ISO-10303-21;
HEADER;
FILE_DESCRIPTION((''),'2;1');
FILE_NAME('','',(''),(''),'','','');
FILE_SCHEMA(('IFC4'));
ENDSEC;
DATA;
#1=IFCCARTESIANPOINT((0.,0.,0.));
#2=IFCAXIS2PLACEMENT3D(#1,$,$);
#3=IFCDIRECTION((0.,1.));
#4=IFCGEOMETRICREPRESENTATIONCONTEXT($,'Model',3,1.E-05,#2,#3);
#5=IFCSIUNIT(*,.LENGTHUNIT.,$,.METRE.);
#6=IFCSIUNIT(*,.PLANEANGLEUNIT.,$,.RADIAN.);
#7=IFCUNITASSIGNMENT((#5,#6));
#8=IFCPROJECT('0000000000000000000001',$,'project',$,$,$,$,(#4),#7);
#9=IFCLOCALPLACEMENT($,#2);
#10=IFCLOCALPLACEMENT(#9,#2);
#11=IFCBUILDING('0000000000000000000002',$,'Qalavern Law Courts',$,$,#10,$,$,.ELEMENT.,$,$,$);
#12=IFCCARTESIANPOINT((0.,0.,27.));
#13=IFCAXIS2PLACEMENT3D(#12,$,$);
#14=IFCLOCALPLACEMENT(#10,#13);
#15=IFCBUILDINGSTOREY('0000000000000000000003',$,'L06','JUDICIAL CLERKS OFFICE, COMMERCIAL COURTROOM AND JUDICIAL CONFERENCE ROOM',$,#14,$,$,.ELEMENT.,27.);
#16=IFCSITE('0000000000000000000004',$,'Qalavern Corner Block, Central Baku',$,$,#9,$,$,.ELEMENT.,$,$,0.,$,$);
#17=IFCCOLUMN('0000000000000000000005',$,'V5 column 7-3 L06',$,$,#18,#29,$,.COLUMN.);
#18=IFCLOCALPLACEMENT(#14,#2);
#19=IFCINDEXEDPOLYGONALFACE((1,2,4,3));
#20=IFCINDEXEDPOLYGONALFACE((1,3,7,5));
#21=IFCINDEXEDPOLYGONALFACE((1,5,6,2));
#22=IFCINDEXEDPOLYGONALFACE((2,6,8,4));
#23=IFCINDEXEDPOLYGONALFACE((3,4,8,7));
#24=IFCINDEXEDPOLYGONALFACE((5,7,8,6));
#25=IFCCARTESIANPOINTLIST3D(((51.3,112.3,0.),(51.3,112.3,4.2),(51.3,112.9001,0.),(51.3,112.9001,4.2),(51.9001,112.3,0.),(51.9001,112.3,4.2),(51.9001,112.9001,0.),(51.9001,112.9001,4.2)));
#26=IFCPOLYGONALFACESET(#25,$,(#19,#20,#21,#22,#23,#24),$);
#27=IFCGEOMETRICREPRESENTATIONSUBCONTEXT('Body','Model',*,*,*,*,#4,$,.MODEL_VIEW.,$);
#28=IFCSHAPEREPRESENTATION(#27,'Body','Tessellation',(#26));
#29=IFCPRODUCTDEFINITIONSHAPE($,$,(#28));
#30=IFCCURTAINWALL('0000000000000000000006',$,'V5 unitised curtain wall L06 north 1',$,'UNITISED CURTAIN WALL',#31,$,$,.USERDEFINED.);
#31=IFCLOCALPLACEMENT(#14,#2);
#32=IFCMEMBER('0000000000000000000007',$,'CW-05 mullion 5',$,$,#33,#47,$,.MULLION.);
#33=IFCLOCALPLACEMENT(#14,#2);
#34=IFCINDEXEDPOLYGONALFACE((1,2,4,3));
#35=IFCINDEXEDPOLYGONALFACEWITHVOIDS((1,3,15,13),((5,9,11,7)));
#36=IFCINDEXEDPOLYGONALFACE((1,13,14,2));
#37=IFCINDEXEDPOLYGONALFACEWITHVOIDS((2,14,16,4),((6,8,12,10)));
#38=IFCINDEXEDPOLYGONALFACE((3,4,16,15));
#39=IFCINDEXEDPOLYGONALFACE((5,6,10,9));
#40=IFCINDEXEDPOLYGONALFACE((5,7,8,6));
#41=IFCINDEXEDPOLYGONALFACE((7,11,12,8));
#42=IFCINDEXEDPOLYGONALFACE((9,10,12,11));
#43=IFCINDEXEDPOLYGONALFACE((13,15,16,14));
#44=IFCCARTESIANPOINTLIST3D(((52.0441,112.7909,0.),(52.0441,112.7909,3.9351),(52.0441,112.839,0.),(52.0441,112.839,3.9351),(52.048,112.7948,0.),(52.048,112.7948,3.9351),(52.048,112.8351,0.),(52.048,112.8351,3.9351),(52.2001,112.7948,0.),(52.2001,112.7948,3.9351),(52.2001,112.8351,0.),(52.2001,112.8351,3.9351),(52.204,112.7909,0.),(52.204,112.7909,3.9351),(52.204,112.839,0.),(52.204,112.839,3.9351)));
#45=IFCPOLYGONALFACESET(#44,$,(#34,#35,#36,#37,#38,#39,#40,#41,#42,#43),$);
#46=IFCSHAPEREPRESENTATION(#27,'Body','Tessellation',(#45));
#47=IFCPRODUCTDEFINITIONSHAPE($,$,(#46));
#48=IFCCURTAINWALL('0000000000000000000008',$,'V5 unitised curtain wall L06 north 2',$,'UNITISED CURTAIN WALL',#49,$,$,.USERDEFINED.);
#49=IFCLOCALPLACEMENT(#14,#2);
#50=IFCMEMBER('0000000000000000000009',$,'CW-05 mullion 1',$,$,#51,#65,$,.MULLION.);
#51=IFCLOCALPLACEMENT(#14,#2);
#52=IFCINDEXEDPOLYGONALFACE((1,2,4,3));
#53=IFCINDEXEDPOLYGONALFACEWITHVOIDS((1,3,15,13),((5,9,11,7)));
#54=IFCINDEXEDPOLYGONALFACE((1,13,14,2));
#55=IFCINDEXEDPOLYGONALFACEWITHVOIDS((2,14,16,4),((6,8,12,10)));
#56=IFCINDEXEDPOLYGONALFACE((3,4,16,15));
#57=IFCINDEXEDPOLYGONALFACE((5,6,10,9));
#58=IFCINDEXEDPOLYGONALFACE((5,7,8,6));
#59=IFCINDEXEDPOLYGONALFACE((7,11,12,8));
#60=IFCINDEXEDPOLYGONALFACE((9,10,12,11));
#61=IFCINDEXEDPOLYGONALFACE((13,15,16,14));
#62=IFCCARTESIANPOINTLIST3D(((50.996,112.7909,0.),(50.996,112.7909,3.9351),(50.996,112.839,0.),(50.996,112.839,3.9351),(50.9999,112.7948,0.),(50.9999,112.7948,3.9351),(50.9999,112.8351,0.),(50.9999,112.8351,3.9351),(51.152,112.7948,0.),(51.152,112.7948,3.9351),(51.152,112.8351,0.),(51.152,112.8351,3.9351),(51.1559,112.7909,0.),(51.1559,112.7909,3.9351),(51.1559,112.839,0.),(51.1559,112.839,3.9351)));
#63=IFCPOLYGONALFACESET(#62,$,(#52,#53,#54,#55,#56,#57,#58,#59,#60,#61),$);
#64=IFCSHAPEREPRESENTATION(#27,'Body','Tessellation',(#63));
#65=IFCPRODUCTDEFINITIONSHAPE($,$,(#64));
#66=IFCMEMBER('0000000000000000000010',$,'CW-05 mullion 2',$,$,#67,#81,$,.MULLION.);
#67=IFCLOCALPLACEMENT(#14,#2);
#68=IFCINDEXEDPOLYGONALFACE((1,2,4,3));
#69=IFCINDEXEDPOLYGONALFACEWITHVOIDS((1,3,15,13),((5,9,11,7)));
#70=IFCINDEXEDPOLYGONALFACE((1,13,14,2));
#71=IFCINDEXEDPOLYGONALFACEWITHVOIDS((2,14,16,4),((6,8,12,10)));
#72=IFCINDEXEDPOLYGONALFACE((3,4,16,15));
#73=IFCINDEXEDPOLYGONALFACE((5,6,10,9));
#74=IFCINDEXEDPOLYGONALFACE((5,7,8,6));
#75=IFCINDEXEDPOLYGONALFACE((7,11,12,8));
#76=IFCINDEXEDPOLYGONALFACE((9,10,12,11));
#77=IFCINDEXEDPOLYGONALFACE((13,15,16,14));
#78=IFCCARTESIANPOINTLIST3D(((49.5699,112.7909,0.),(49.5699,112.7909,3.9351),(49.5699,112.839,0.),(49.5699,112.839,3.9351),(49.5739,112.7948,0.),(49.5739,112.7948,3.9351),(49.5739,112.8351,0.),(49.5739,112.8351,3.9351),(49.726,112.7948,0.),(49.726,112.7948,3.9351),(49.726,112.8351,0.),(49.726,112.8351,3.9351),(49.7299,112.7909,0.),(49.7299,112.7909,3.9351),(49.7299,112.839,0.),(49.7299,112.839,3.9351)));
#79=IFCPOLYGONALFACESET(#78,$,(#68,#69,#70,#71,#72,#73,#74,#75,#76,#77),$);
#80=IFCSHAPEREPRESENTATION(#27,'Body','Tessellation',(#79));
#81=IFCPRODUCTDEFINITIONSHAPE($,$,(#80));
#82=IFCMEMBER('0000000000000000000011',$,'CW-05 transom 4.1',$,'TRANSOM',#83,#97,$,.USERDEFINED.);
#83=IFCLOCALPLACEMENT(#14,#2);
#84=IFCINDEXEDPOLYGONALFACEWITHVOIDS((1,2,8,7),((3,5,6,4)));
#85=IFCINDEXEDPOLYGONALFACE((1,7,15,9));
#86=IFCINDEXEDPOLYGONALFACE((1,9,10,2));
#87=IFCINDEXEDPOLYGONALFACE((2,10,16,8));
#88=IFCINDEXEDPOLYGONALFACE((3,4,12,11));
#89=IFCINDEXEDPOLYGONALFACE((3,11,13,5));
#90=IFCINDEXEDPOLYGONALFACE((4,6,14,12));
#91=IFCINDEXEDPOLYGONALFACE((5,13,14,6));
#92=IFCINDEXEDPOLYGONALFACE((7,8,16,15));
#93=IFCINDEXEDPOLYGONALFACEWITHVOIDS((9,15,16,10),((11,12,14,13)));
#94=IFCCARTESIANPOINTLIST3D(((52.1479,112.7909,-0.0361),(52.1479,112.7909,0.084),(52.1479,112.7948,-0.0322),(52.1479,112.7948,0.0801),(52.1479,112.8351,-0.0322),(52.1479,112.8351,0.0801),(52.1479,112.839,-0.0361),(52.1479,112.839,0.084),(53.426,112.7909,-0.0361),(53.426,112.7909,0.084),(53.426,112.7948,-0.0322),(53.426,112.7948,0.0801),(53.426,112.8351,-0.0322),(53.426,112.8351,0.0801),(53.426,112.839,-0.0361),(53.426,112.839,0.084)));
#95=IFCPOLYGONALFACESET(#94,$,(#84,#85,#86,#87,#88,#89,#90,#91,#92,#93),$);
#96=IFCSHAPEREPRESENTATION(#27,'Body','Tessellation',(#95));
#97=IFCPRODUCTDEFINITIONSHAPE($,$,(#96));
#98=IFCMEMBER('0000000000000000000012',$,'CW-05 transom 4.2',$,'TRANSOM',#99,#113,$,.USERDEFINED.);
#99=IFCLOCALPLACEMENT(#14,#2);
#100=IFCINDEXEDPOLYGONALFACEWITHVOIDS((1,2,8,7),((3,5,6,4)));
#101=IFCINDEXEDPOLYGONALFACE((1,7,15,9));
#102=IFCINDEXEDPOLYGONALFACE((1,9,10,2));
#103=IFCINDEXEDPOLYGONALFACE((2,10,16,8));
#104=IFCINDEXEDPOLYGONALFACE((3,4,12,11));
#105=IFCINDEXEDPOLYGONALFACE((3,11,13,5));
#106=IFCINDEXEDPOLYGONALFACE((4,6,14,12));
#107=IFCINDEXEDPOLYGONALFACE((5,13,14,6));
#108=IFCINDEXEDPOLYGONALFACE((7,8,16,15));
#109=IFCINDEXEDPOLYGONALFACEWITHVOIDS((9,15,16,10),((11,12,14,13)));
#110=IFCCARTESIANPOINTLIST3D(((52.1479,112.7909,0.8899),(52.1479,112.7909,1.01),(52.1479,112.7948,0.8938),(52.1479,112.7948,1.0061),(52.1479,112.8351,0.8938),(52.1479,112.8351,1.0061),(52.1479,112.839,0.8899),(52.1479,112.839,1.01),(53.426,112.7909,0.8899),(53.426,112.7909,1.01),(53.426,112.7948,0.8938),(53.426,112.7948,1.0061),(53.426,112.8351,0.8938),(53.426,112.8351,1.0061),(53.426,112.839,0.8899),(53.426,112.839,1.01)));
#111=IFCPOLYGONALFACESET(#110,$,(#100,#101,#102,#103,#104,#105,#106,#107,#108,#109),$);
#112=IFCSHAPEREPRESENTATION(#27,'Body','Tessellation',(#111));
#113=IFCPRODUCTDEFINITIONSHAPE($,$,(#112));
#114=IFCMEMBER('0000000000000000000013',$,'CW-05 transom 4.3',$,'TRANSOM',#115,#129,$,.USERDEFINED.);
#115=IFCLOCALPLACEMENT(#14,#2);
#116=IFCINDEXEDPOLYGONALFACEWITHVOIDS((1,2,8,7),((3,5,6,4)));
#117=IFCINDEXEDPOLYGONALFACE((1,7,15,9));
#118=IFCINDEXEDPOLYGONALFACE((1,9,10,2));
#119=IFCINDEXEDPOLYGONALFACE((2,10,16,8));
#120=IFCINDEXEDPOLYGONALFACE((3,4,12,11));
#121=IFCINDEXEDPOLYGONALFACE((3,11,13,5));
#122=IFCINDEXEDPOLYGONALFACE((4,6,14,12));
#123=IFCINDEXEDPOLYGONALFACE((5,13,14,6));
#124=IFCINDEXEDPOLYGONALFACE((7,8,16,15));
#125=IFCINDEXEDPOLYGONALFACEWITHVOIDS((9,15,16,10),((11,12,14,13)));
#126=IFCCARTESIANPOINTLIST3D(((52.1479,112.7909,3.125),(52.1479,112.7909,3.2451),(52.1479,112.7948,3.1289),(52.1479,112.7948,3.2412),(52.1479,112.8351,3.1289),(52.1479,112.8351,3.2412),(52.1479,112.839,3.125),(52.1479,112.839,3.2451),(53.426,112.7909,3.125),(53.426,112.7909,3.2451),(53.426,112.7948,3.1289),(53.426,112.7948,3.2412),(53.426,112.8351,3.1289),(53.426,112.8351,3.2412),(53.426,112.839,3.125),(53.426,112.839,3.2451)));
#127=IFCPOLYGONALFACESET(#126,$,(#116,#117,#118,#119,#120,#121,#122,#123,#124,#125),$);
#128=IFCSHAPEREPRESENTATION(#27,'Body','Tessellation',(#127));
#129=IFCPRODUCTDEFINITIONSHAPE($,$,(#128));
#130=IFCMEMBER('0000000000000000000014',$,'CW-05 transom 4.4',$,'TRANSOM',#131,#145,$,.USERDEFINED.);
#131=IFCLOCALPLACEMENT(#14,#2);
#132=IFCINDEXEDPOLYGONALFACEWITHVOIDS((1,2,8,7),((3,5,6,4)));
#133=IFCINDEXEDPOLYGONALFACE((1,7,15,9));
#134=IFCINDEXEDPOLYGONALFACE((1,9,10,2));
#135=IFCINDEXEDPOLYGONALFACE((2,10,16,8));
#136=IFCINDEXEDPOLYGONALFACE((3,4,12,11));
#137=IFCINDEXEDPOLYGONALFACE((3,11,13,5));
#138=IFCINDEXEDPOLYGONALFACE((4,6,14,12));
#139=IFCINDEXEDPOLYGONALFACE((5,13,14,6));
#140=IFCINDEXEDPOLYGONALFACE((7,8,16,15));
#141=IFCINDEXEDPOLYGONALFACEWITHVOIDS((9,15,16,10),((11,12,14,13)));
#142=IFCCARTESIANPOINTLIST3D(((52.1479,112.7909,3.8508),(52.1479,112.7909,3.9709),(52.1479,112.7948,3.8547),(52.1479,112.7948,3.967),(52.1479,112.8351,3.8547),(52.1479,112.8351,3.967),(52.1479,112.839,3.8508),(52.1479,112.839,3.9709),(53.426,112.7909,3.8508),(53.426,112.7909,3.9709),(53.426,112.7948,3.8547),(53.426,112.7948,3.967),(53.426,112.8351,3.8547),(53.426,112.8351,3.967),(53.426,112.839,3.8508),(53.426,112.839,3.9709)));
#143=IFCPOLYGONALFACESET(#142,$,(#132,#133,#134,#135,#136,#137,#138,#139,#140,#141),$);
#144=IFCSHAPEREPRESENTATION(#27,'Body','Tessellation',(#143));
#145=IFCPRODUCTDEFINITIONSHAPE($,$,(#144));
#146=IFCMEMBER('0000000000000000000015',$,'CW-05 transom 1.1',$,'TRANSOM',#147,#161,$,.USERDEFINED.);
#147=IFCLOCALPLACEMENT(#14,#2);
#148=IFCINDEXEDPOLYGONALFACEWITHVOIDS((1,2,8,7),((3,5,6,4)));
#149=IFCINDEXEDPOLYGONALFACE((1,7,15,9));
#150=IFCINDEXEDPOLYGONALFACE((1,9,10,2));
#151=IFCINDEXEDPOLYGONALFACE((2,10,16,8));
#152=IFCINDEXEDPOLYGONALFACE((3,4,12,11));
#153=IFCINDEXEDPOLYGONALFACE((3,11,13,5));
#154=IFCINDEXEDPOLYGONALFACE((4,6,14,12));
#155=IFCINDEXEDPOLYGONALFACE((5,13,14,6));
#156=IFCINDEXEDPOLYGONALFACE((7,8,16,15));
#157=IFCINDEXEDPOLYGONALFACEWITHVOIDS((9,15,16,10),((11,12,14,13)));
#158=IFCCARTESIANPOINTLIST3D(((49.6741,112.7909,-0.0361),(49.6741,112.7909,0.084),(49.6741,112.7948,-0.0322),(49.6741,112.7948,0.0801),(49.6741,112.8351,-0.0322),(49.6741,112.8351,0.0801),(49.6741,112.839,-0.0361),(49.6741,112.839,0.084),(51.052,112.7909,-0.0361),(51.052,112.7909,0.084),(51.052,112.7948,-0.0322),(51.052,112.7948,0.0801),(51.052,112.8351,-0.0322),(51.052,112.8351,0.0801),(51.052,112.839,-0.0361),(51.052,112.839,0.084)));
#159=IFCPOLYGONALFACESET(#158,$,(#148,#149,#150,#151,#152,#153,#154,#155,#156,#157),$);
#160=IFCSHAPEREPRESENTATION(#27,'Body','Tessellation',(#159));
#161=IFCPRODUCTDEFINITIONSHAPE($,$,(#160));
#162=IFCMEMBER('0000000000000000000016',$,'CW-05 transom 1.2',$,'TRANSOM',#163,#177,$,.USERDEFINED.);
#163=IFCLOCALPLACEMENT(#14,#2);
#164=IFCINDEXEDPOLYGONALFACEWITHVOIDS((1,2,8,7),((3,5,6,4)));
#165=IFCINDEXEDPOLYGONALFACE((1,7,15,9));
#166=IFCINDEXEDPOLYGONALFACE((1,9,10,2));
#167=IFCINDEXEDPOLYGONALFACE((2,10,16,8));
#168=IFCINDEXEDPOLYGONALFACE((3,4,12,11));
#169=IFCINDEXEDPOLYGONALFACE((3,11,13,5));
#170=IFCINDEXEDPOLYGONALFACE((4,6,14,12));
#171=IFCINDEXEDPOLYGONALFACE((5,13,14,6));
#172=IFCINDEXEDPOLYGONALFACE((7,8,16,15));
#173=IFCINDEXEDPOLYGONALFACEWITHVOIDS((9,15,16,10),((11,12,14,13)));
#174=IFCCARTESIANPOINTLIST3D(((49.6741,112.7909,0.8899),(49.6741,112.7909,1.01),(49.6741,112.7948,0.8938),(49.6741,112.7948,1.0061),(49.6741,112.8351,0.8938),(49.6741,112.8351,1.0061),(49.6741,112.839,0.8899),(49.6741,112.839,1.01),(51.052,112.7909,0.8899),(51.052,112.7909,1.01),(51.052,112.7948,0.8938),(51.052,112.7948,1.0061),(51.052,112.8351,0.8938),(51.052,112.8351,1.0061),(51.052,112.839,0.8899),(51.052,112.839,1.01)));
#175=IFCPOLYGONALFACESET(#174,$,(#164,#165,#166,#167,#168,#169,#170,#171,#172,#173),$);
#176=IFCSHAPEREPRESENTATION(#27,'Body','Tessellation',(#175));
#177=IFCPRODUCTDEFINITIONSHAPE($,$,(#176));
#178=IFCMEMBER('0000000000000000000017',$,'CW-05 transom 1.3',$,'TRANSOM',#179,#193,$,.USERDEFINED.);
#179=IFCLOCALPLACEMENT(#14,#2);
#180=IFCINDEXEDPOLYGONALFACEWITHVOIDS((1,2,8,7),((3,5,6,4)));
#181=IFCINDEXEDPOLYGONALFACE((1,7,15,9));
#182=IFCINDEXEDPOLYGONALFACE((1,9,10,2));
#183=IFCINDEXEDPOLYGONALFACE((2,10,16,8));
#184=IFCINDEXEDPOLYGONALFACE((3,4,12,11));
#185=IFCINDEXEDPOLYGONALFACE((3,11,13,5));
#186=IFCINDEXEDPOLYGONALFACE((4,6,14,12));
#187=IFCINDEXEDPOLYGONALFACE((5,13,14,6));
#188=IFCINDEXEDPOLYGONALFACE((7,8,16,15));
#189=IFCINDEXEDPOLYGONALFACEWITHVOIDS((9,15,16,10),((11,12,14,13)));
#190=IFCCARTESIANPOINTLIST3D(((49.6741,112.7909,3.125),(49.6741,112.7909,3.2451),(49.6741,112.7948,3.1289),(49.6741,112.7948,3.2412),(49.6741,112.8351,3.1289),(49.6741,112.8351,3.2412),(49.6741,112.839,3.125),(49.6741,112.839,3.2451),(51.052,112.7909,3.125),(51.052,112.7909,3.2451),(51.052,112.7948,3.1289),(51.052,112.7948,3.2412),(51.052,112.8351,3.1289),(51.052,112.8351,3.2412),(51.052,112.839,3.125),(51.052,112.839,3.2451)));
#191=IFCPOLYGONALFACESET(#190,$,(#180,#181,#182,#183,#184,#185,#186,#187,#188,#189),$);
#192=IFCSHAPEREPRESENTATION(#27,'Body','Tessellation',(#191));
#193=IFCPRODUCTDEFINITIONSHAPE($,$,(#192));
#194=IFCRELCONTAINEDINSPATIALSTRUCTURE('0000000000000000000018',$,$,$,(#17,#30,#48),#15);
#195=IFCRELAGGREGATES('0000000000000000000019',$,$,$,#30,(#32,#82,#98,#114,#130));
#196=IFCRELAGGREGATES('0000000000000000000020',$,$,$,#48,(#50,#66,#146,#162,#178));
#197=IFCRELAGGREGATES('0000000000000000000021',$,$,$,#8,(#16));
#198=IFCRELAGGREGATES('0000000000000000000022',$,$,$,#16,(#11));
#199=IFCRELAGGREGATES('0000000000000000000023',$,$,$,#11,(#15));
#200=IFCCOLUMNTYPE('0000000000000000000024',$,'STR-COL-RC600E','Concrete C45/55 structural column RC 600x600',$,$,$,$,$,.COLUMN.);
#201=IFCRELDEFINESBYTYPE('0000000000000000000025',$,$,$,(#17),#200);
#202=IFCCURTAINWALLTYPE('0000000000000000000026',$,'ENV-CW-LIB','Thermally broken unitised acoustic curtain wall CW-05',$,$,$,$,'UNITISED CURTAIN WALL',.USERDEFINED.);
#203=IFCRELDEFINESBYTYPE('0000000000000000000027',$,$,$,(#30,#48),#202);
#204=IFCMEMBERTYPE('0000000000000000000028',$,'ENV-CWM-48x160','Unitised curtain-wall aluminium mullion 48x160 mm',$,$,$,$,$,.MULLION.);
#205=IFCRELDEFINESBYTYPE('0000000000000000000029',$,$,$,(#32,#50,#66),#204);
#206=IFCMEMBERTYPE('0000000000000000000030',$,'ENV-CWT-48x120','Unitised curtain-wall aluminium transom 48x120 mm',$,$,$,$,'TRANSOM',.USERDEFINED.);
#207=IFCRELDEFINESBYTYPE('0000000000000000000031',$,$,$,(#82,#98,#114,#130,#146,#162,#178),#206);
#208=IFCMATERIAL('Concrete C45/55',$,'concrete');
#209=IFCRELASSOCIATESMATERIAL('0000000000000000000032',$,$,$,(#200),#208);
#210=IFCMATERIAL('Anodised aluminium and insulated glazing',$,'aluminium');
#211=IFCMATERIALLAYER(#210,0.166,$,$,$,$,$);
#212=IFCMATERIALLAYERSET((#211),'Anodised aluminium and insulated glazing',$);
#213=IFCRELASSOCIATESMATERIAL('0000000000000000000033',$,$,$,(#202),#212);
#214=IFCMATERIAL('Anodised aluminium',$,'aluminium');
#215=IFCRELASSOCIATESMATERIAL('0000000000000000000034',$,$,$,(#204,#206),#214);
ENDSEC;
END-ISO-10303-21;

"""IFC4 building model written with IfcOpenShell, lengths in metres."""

from ifc_helpers import new_model, si_unit, direction, frame, origin, origin_2d, place, context, subcontext, project, spatial, rectangle, hollow_rectangle, extrude, material, layer, layer_set, material_profile, profile_set, type_object, element, aggregate, save


model = new_model("IFC4")

# Units and contexts
model_context = context("Model", 3, precision=1e-05, world=origin(), true_north=direction((0.0, 1.0)))
body_context = subcontext(model_context, "Body", "Model", "MODEL_VIEW")
ifc_project = project(units=[si_unit("LENGTHUNIT", "METRE"), si_unit("PLANEANGLEUNIT", "RADIAN")], contexts=[model_context])

# Site, building, storey
site_placement = place(None, origin())
site = spatial("IfcSite", under=ifc_project, at=site_placement, Name="Qalavern Corner Block, Central Baku", CompositionType="ELEMENT", RefElevation=0.0)
building_placement = place(site_placement, origin())
building = spatial("IfcBuilding", under=site, at=building_placement, Name="Qalavern Law Courts", CompositionType="ELEMENT")
storey_placement = place(building_placement, frame((0.0, 0.0, 27.0)))
storey = spatial("IfcBuildingStorey", under=building, at=storey_placement, Name="L06", Description="JUDICIAL CLERKS OFFICE, COMMERCIAL COURTROOM AND JUDICIAL CONFERENCE ROOM", CompositionType="ELEMENT", Elevation=27.0)

# Column
ifc_material_1 = material(Name="Concrete C45/55", Category="concrete")
ifc_material_profile_1 = material_profile(ifc_material_1, rectangle(XDim=0.6001, YDim=0.6001, at=origin_2d()), Name="RC 600x600")
ifc_profile_set_1 = profile_set([ifc_material_profile_1], Name="Concrete C45/55")
column_type = type_object("IfcColumnType", Name="STR-COL-RC600E", Description="Concrete C45/55 structural column RC 600x600", PredefinedType="COLUMN", material=ifc_profile_set_1)
column_placement = place(storey_placement, frame((51.6001, 112.6001, 0.0), z_axis=(0.0, 0.0, 1.0), x_axis=(1.0, 0.0, 0.0)))
element("IfcColumn", 1, at=column_placement, inside=storey, type_object=column_type, Name="V5 column 7-3 L06", PredefinedType="COLUMN", context=body_context, shape_type="SweptSolid", body=[
    extrude(rectangle(XDim=0.6001, YDim=0.6001, at=origin_2d()), origin(), (0.0, 0.0, 1.0), 4.2),
])

# Curtain wall, member
ifc_material_2 = material(Name="Anodised aluminium and insulated glazing", Category="aluminium")
ifc_layer_1 = layer(ifc_material_2, 0.166)
ifc_layer_set_1 = layer_set([ifc_layer_1], Name="Anodised aluminium and insulated glazing")
curtain_wall_type = type_object("IfcCurtainWallType", Name="ENV-CW-LIB", Description="Thermally broken unitised acoustic curtain wall CW-05", ElementType="UNITISED CURTAIN WALL", PredefinedType="USERDEFINED", material=ifc_layer_set_1)
curtain_wall_1_placement = place(storey_placement, origin())
curtain_wall_1 = element("IfcCurtainWall", 2, at=curtain_wall_1_placement, inside=storey, type_object=curtain_wall_type, Name="V5 unitised curtain wall L06 north 1", ObjectType="UNITISED CURTAIN WALL", PredefinedType="USERDEFINED")
ifc_material_3 = material(Name="Anodised aluminium", Category="aluminium")
ifc_material_profile_2 = material_profile(ifc_material_3, hollow_rectangle(XDim=0.0481, YDim=0.1599, WallThickness=0.0039, at=origin_2d()), Name="ALU MULLION 48x160")
ifc_profile_set_2 = profile_set([ifc_material_profile_2], Name="Anodised aluminium")
member_type_1 = type_object("IfcMemberType", Name="ENV-CWM-48x160", Description="Unitised curtain-wall aluminium mullion 48x160 mm", PredefinedType="MULLION", material=ifc_profile_set_2)
member_1_placement = place(storey_placement, frame((52.124, 112.8149, 0.0), z_axis=(0.0, 0.0, 1.0), x_axis=(0.0, -1.0, 0.0)))
member_1 = element("IfcMember", 3, at=member_1_placement, type_object=member_type_1, Name="CW-05 mullion 5", PredefinedType="MULLION", context=body_context, shape_type="SweptSolid", body=[
    extrude(hollow_rectangle(XDim=0.0481, YDim=0.1599, WallThickness=0.0039, at=origin_2d()), origin(), (0.0, 0.0, 1.0), 3.9351),
])

# Curtain wall, members
curtain_wall_2_placement = place(storey_placement, origin())
curtain_wall_2 = element("IfcCurtainWall", 4, at=curtain_wall_2_placement, inside=storey, type_object=curtain_wall_type, Name="V5 unitised curtain wall L06 north 2", ObjectType="UNITISED CURTAIN WALL", PredefinedType="USERDEFINED")
member_2_placement = place(storey_placement, frame((51.0759, 112.8149, 0.0), z_axis=(0.0, 0.0, 1.0), x_axis=(0.0, -1.0, 0.0)))
member_2 = element("IfcMember", 5, at=member_2_placement, type_object=member_type_1, Name="CW-05 mullion 1", PredefinedType="MULLION", context=body_context, shape_type="SweptSolid", body=[
    extrude(hollow_rectangle(XDim=0.0481, YDim=0.1599, WallThickness=0.0039, at=origin_2d()), origin(), (0.0, 0.0, 1.0), 3.9351),
])
member_3_placement = place(storey_placement, frame((49.6499, 112.8149, 0.0), z_axis=(0.0, 0.0, 1.0), x_axis=(0.0, -1.0, 0.0)))
member_3 = element("IfcMember", 6, at=member_3_placement, type_object=member_type_1, Name="CW-05 mullion 2", PredefinedType="MULLION", context=body_context, shape_type="SweptSolid", body=[
    extrude(hollow_rectangle(XDim=0.0481, YDim=0.1599, WallThickness=0.0039, at=origin_2d()), origin(), (0.0, 0.0, 1.0), 3.9351),
])

# Members
ifc_material_profile_3 = material_profile(ifc_material_3, hollow_rectangle(XDim=0.0481, YDim=0.1201, WallThickness=0.0039, at=origin_2d()), Name="ALU TRANSOM 48x120")
ifc_profile_set_3 = profile_set([ifc_material_profile_3], Name="Anodised aluminium")
member_type_2 = type_object("IfcMemberType", Name="ENV-CWT-48x120", Description="Unitised curtain-wall aluminium transom 48x120 mm", ElementType="TRANSOM", PredefinedType="USERDEFINED", material=ifc_profile_set_3)
member_4_placement = place(storey_placement, frame((53.426, 112.8149, 0.0239), z_axis=(-1.0, 0.0, 0.0), x_axis=(0.0, -1.0, 0.0)))
member_4 = element("IfcMember", 7, at=member_4_placement, type_object=member_type_2, Name="CW-05 transom 4.1", ObjectType="TRANSOM", PredefinedType="USERDEFINED", context=body_context, shape_type="SweptSolid", body=[
    extrude(hollow_rectangle(XDim=0.0481, YDim=0.1201, WallThickness=0.0039, at=origin_2d()), origin(), (0.0, 0.0, 1.0), 1.2781),
])
member_5_placement = place(storey_placement, frame((53.426, 112.8149, 0.95), z_axis=(-1.0, 0.0, 0.0), x_axis=(0.0, -1.0, 0.0)))
member_5 = element("IfcMember", 8, at=member_5_placement, type_object=member_type_2, Name="CW-05 transom 4.2", ObjectType="TRANSOM", PredefinedType="USERDEFINED", context=body_context, shape_type="SweptSolid", body=[
    extrude(hollow_rectangle(XDim=0.0481, YDim=0.1201, WallThickness=0.0039, at=origin_2d()), origin(), (0.0, 0.0, 1.0), 1.2781),
])
member_6_placement = place(storey_placement, frame((53.426, 112.8149, 3.1851), z_axis=(-1.0, 0.0, 0.0), x_axis=(0.0, -1.0, 0.0)))
member_6 = element("IfcMember", 9, at=member_6_placement, type_object=member_type_2, Name="CW-05 transom 4.3", ObjectType="TRANSOM", PredefinedType="USERDEFINED", context=body_context, shape_type="SweptSolid", body=[
    extrude(hollow_rectangle(XDim=0.0481, YDim=0.1201, WallThickness=0.0039, at=origin_2d()), origin(), (0.0, 0.0, 1.0), 1.2781),
])
member_7_placement = place(storey_placement, frame((53.426, 112.8149, 3.9109), z_axis=(-1.0, 0.0, 0.0), x_axis=(0.0, -1.0, 0.0)))
member_7 = element("IfcMember", 10, at=member_7_placement, type_object=member_type_2, Name="CW-05 transom 4.4", ObjectType="TRANSOM", PredefinedType="USERDEFINED", context=body_context, shape_type="SweptSolid", body=[
    extrude(hollow_rectangle(XDim=0.0481, YDim=0.1201, WallThickness=0.0039, at=origin_2d()), origin(), (0.0, 0.0, 1.0), 1.2781),
])
member_8_placement = place(storey_placement, frame((51.052, 112.8149, 0.0239), z_axis=(-1.0, 0.0, 0.0), x_axis=(0.0, -1.0, 0.0)))
member_8 = element("IfcMember", 11, at=member_8_placement, type_object=member_type_2, Name="CW-05 transom 1.1", ObjectType="TRANSOM", PredefinedType="USERDEFINED", context=body_context, shape_type="SweptSolid", body=[
    extrude(hollow_rectangle(XDim=0.0481, YDim=0.1201, WallThickness=0.0039, at=origin_2d()), origin(), (0.0, 0.0, 1.0), 1.3779),
])
member_9_placement = place(storey_placement, frame((51.052, 112.8149, 0.95), z_axis=(-1.0, 0.0, 0.0), x_axis=(0.0, -1.0, 0.0)))
member_9 = element("IfcMember", 12, at=member_9_placement, type_object=member_type_2, Name="CW-05 transom 1.2", ObjectType="TRANSOM", PredefinedType="USERDEFINED", context=body_context, shape_type="SweptSolid", body=[
    extrude(hollow_rectangle(XDim=0.0481, YDim=0.1201, WallThickness=0.0039, at=origin_2d()), origin(), (0.0, 0.0, 1.0), 1.3779),
])
member_10_placement = place(storey_placement, frame((51.052, 112.8149, 3.1851), z_axis=(-1.0, 0.0, 0.0), x_axis=(0.0, -1.0, 0.0)))
member_10 = element("IfcMember", 13, at=member_10_placement, type_object=member_type_2, Name="CW-05 transom 1.3", ObjectType="TRANSOM", PredefinedType="USERDEFINED", context=body_context, shape_type="SweptSolid", body=[
    extrude(hollow_rectangle(XDim=0.0481, YDim=0.1201, WallThickness=0.0039, at=origin_2d()), origin(), (0.0, 0.0, 1.0), 1.3779),
])

aggregate(curtain_wall_1, [member_1, member_4, member_5, member_6, member_7])
aggregate(curtain_wall_2, [member_2, member_3, member_8, member_9, member_10])

save(model, "model.ifc")
